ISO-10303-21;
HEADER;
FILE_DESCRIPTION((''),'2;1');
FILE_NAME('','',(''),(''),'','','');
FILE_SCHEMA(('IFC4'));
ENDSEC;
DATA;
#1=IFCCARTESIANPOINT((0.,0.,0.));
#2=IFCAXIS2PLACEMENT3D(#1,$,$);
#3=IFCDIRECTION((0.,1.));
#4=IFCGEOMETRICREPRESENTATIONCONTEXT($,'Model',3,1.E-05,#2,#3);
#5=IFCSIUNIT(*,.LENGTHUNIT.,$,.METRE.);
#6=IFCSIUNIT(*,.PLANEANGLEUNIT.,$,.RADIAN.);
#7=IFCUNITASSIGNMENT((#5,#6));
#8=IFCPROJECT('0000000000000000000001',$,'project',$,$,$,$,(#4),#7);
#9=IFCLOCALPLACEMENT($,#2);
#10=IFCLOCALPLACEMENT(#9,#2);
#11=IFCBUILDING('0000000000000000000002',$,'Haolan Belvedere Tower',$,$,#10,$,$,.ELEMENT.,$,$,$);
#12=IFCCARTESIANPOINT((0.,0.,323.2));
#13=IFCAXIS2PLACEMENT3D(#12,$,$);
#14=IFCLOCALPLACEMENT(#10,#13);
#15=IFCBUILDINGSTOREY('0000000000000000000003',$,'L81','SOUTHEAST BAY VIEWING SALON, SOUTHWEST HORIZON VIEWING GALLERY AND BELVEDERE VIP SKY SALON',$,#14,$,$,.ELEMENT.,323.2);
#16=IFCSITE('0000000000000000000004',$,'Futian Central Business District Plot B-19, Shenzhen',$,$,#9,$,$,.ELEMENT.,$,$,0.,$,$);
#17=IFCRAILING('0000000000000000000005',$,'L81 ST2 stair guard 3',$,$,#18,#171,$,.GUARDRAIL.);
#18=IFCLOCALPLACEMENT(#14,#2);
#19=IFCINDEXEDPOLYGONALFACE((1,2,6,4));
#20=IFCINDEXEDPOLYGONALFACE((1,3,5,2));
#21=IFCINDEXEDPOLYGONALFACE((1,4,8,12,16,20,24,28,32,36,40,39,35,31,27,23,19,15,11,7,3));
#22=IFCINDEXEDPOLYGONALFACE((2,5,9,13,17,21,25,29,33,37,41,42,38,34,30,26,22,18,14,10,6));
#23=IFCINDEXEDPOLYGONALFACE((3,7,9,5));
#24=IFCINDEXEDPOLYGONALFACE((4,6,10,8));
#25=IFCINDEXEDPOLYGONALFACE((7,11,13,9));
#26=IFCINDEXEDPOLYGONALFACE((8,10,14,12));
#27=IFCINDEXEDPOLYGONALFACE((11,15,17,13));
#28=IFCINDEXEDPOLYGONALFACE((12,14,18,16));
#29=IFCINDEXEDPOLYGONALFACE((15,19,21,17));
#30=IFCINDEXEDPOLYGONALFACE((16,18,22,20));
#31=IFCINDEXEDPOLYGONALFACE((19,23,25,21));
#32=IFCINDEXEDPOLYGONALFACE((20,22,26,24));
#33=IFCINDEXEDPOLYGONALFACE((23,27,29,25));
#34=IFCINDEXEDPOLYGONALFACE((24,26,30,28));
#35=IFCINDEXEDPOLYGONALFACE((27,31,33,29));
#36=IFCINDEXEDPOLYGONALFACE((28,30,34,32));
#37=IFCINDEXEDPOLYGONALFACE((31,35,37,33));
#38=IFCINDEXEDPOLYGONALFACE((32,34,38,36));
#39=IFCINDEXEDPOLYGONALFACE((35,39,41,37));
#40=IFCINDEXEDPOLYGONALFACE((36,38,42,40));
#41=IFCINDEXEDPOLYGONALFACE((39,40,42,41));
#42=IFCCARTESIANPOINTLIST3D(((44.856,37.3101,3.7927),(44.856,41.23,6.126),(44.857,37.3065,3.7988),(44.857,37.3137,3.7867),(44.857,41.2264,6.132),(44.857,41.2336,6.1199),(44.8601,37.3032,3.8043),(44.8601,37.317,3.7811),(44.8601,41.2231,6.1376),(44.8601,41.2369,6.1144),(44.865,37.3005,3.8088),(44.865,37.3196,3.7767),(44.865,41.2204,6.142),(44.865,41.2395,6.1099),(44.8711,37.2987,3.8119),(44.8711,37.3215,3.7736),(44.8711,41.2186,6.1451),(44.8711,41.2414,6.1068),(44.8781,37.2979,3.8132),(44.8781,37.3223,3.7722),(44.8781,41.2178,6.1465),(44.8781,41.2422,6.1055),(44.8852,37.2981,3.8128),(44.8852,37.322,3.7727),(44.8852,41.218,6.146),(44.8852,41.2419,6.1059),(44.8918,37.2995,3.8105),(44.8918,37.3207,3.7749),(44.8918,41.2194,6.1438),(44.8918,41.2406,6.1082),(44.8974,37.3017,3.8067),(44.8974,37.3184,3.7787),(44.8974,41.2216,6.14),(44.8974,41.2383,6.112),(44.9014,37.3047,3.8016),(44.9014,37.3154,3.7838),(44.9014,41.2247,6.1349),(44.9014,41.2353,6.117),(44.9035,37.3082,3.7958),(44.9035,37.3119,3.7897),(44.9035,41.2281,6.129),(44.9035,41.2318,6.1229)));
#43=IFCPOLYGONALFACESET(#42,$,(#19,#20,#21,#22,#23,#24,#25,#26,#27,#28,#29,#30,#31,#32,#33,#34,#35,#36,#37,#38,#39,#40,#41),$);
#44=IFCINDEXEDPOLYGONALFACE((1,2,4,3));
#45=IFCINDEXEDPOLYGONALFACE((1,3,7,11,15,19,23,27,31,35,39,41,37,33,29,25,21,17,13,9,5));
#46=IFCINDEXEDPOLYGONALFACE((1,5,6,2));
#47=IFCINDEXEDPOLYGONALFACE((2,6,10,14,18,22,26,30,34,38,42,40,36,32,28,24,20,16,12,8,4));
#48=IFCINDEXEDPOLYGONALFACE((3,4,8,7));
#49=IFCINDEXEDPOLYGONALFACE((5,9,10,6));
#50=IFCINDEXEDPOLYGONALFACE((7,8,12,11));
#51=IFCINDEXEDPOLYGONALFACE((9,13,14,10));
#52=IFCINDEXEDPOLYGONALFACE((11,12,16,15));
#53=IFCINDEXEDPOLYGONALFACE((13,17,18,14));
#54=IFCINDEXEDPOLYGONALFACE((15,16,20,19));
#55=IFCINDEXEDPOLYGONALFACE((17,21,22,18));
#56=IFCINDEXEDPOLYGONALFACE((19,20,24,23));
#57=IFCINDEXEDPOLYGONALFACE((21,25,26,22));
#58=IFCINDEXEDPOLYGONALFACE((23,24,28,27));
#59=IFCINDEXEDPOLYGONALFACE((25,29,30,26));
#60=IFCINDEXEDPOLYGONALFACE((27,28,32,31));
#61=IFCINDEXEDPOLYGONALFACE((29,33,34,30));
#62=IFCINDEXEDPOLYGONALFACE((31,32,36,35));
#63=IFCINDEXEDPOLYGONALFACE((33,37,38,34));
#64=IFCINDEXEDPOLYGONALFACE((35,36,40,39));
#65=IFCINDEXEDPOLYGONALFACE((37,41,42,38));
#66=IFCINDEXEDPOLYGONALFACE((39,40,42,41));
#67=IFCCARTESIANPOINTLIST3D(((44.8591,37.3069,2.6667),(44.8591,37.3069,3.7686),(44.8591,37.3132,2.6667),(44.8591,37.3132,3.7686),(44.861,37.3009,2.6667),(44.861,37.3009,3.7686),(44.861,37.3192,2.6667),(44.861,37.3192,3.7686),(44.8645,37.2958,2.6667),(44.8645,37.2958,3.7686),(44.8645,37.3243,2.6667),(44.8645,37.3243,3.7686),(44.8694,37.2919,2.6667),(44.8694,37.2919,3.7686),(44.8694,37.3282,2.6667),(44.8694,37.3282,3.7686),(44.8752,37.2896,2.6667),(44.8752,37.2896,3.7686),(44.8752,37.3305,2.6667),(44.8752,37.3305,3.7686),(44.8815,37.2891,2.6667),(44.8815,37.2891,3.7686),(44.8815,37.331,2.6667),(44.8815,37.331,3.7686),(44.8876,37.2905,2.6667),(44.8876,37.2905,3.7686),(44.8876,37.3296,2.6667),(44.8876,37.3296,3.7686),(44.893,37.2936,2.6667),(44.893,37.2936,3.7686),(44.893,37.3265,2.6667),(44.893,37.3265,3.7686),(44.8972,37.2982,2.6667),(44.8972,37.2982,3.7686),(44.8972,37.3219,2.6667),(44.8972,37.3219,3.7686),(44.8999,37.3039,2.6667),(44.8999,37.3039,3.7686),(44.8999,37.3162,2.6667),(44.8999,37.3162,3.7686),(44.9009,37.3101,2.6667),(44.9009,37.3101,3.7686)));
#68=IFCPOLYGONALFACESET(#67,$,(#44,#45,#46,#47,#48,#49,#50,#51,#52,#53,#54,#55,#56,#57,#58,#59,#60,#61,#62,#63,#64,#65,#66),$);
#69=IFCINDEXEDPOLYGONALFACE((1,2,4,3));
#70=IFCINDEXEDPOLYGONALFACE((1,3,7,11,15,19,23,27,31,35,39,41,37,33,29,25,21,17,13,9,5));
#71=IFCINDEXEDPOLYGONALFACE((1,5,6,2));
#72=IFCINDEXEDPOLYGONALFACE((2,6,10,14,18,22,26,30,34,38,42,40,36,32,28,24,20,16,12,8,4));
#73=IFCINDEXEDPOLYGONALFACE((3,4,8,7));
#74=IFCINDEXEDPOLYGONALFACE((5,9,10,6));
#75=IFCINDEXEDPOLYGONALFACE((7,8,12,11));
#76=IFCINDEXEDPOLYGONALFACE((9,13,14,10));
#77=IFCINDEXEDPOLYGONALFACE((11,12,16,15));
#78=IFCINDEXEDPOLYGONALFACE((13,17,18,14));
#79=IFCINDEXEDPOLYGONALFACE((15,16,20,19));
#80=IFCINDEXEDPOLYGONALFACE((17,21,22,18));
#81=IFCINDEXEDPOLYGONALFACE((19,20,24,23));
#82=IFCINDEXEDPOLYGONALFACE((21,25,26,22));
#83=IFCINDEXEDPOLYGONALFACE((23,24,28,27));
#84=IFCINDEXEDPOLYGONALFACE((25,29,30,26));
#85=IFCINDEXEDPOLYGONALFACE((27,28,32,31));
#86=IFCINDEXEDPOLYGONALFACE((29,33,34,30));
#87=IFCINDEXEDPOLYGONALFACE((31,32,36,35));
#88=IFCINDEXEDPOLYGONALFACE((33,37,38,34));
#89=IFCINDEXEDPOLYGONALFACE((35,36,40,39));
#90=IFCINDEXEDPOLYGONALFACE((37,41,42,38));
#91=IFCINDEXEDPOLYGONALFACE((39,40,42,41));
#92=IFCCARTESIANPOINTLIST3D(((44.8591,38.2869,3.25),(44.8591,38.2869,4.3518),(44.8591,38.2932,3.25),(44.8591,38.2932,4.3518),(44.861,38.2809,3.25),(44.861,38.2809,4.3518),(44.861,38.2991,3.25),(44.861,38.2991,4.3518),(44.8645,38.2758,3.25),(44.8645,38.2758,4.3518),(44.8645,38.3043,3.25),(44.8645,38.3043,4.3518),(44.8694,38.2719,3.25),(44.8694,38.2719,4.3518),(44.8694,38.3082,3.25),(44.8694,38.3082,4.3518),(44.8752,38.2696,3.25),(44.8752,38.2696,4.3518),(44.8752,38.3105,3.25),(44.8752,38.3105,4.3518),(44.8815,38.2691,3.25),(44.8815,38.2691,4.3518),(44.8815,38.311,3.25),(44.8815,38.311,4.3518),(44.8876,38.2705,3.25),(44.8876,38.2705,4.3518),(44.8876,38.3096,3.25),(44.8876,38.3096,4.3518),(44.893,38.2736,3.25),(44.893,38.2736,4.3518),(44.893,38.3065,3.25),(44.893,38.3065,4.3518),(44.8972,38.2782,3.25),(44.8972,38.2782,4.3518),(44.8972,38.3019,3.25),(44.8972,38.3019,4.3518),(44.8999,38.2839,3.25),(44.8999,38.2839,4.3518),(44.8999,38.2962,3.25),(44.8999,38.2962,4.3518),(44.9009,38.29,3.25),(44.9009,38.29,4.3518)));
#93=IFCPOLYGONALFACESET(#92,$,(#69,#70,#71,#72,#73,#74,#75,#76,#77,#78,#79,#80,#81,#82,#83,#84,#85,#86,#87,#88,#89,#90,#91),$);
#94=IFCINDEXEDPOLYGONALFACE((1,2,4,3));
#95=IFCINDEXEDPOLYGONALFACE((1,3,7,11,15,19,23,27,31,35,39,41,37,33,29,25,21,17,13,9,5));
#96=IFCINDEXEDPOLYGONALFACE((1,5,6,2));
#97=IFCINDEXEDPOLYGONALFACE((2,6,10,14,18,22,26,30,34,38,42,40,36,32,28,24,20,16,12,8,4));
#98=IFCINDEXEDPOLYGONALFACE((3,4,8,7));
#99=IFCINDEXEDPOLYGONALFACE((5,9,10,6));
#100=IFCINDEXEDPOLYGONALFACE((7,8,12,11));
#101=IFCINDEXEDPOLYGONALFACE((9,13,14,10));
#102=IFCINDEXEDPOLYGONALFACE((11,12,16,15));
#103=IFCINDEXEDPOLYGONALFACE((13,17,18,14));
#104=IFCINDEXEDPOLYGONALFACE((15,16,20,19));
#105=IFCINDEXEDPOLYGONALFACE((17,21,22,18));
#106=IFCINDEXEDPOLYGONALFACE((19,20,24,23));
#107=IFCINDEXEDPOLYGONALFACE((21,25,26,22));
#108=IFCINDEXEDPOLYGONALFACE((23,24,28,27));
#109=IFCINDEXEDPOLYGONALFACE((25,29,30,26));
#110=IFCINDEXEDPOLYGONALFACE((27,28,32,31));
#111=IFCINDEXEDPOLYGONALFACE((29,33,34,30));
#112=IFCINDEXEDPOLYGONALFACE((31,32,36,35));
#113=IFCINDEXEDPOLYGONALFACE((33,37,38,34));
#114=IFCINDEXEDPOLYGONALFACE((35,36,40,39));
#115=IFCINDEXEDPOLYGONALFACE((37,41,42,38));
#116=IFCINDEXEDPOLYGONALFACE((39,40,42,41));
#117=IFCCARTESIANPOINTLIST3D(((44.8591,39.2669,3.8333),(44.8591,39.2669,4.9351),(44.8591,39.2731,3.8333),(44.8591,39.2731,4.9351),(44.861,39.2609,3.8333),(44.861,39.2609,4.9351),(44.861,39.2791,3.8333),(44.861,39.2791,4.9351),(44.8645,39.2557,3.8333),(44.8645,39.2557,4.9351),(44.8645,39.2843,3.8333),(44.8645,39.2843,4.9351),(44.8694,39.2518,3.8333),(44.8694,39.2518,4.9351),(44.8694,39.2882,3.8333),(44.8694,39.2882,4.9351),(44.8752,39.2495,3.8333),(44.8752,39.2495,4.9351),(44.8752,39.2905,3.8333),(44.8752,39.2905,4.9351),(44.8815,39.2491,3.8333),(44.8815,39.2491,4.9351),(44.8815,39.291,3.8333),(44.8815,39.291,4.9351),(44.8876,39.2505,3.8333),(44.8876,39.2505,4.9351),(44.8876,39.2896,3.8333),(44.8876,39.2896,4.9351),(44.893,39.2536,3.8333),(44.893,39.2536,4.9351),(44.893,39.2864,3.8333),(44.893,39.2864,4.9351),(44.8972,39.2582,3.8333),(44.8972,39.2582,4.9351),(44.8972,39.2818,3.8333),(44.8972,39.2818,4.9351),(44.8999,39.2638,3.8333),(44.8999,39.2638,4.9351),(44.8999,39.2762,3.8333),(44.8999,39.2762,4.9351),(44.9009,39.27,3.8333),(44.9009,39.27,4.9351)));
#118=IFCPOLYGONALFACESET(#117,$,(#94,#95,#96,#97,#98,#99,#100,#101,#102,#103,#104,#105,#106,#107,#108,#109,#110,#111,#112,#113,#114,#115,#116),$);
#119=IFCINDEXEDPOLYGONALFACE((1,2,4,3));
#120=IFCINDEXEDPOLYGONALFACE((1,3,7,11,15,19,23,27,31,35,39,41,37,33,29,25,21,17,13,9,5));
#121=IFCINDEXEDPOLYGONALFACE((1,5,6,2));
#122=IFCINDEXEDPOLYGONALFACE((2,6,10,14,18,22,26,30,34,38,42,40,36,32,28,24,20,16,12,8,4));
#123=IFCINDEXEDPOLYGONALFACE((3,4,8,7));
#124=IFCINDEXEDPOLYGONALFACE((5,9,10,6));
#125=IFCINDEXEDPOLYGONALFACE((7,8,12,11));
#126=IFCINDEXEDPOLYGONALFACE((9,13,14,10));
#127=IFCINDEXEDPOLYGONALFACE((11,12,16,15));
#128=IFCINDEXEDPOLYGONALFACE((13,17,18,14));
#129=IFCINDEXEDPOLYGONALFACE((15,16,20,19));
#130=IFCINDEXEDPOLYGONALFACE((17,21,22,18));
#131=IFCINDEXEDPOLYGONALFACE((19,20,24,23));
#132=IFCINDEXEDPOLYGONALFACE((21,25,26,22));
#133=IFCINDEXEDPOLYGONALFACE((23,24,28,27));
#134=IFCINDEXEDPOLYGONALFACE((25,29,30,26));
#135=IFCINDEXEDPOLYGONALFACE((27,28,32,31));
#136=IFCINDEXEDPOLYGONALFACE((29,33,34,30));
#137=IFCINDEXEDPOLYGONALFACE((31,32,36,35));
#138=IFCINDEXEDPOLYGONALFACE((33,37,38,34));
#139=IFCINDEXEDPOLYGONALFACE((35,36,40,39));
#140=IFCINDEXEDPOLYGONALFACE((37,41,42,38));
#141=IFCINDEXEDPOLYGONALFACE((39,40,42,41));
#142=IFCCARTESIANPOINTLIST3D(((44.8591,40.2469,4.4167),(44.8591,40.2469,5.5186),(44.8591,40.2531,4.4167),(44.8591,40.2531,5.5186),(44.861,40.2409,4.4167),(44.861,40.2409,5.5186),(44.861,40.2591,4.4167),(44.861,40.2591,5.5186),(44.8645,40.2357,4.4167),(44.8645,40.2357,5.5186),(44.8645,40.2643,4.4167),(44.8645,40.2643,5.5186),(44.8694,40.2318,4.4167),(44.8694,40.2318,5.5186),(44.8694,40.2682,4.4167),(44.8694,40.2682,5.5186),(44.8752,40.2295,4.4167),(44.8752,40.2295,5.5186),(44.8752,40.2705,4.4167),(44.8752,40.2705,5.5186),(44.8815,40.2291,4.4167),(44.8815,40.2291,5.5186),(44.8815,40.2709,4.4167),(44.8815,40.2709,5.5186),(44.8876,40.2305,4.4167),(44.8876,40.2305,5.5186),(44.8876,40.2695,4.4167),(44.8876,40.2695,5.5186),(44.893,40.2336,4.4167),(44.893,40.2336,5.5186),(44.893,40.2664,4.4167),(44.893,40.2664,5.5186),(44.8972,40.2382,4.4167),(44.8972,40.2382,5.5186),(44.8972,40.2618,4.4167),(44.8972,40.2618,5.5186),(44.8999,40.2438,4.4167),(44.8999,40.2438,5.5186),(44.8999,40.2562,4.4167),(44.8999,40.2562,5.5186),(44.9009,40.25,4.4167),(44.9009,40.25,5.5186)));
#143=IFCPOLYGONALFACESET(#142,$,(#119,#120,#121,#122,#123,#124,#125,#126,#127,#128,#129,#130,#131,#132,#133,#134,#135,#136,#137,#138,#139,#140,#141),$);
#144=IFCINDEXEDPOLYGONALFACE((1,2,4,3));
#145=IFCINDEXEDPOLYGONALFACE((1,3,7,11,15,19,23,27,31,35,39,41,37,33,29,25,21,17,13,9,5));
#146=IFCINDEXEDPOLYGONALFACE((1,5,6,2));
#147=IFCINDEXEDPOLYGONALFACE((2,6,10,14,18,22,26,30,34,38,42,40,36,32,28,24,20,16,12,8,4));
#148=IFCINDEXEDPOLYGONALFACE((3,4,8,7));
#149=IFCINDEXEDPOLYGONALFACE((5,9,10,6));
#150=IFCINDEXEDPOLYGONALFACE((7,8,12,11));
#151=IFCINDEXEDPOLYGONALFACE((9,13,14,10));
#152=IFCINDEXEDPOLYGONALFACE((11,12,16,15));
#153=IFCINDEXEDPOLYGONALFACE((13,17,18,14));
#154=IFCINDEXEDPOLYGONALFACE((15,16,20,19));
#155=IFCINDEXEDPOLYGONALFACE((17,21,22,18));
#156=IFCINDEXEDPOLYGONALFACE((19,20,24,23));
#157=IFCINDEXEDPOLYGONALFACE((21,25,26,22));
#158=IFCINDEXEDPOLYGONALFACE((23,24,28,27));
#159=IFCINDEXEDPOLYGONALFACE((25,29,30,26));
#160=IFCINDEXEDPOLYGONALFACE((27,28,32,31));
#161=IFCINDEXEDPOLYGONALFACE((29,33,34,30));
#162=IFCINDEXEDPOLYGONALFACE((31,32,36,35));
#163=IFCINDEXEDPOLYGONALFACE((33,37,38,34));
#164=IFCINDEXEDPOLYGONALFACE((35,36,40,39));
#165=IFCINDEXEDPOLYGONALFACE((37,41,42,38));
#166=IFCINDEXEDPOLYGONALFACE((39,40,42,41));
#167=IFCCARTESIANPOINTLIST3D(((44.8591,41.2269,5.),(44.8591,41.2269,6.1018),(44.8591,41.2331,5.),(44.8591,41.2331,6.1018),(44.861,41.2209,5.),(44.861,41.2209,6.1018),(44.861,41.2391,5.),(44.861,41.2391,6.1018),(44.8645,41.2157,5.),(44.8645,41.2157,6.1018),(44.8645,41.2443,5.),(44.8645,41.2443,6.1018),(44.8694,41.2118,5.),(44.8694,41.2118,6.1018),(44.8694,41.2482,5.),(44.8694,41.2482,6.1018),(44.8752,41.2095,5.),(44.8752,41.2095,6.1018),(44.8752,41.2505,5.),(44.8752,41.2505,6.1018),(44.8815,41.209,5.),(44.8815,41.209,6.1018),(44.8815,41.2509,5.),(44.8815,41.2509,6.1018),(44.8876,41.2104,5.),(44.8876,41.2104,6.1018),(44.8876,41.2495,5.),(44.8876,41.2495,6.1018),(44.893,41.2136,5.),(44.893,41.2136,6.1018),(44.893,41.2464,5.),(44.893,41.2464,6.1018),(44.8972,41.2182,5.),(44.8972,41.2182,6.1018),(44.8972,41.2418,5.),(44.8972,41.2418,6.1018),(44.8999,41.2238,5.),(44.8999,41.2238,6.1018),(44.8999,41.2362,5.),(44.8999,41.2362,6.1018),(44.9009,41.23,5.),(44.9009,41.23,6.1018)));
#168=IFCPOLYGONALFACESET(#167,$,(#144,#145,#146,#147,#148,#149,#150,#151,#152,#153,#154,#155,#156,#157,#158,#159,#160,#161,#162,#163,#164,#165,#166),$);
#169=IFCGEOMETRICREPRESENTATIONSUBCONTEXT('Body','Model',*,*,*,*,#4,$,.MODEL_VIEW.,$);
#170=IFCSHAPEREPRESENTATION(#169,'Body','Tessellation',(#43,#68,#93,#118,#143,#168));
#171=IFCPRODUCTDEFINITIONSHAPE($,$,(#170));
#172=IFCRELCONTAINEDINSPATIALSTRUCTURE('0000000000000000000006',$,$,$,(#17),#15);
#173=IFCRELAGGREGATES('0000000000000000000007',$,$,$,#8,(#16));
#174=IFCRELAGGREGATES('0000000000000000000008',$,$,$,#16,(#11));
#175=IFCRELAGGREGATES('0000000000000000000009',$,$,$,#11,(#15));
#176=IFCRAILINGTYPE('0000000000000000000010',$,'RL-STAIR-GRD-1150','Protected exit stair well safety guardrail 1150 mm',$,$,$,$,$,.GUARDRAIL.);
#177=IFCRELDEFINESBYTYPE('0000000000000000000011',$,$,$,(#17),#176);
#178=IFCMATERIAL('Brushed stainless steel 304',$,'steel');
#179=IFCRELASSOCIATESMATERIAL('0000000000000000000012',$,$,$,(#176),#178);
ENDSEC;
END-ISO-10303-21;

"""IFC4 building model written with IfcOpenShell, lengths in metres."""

from ifc_helpers import new_model, si_unit, direction, frame, origin, origin_2d, place, context, subcontext, project, spatial, circle, extrude, material, type_object, element, save


model = new_model("IFC4")

# Units and contexts
model_context = context("Model", 3, precision=1e-05, world=origin(), true_north=direction((0.0, 1.0)))
body_context = subcontext(model_context, "Body", "Model", "MODEL_VIEW")
ifc_project = project(units=[si_unit("LENGTHUNIT", "METRE"), si_unit("PLANEANGLEUNIT", "RADIAN")], contexts=[model_context])

# Site, building, storey
site_placement = place(None, origin())
site = spatial("IfcSite", under=ifc_project, at=site_placement, Name="Futian Central Business District Plot B-19, Shenzhen", CompositionType="ELEMENT", RefElevation=0.0)
building_placement = place(site_placement, origin())
building = spatial("IfcBuilding", under=site, at=building_placement, Name="Haolan Belvedere Tower", CompositionType="ELEMENT")
storey_placement = place(building_placement, frame((0.0, 0.0, 323.2)))
storey = spatial("IfcBuildingStorey", under=building, at=storey_placement, Name="L81", Description="SOUTHEAST BAY VIEWING SALON, SOUTHWEST HORIZON VIEWING GALLERY AND BELVEDERE VIP SKY SALON", CompositionType="ELEMENT", Elevation=323.2)

# Railing
ifc_material_1 = material(Name="Brushed stainless steel 304", Category="steel")
railing_type_1 = type_object("IfcRailingType", Name="RL-STAIR-GRD-1150", Description="Protected exit stair well safety guardrail 1150 mm", PredefinedType="GUARDRAIL", material=ifc_material_1)
railing_1_placement = place(storey_placement, frame((44.8799, 37.3101, 2.6667)))
element("IfcRailing", 1, at=railing_1_placement, inside=storey, type_object=railing_type_1, Name="L81 ST2 stair guard 3", PredefinedType="GUARDRAIL", context=body_context, shape_type="SweptSolid", body=[
    extrude(circle(Radius=0.0239, at=origin_2d()), frame((0.0, 0.0, 1.126), z_axis=(0.0, 0.859296, 0.511478), x_axis=(-1.0, 0.0, 0.0)), (0.0, 0.0, 1.0), 4.5618),
    extrude(circle(Radius=0.021, at=origin_2d()), origin(), (0.0, 0.0, 1.0), 1.1018),
    extrude(circle(Radius=0.021, at=origin_2d()), frame((0.0, 0.98, 0.5833)), (0.0, 0.0, 1.0), 1.1018),
    extrude(circle(Radius=0.021, at=origin_2d()), frame((0.0, 1.96, 1.1665)), (0.0, 0.0, 1.0), 1.1018),
    extrude(circle(Radius=0.021, at=origin_2d()), frame((0.0, 2.9399, 1.75)), (0.0, 0.0, 1.0), 1.1018),
    extrude(circle(Radius=0.021, at=origin_2d()), frame((0.0, 3.9199, 2.3333)), (0.0, 0.0, 1.0), 1.1018),
])

save(model, "model.ifc")
